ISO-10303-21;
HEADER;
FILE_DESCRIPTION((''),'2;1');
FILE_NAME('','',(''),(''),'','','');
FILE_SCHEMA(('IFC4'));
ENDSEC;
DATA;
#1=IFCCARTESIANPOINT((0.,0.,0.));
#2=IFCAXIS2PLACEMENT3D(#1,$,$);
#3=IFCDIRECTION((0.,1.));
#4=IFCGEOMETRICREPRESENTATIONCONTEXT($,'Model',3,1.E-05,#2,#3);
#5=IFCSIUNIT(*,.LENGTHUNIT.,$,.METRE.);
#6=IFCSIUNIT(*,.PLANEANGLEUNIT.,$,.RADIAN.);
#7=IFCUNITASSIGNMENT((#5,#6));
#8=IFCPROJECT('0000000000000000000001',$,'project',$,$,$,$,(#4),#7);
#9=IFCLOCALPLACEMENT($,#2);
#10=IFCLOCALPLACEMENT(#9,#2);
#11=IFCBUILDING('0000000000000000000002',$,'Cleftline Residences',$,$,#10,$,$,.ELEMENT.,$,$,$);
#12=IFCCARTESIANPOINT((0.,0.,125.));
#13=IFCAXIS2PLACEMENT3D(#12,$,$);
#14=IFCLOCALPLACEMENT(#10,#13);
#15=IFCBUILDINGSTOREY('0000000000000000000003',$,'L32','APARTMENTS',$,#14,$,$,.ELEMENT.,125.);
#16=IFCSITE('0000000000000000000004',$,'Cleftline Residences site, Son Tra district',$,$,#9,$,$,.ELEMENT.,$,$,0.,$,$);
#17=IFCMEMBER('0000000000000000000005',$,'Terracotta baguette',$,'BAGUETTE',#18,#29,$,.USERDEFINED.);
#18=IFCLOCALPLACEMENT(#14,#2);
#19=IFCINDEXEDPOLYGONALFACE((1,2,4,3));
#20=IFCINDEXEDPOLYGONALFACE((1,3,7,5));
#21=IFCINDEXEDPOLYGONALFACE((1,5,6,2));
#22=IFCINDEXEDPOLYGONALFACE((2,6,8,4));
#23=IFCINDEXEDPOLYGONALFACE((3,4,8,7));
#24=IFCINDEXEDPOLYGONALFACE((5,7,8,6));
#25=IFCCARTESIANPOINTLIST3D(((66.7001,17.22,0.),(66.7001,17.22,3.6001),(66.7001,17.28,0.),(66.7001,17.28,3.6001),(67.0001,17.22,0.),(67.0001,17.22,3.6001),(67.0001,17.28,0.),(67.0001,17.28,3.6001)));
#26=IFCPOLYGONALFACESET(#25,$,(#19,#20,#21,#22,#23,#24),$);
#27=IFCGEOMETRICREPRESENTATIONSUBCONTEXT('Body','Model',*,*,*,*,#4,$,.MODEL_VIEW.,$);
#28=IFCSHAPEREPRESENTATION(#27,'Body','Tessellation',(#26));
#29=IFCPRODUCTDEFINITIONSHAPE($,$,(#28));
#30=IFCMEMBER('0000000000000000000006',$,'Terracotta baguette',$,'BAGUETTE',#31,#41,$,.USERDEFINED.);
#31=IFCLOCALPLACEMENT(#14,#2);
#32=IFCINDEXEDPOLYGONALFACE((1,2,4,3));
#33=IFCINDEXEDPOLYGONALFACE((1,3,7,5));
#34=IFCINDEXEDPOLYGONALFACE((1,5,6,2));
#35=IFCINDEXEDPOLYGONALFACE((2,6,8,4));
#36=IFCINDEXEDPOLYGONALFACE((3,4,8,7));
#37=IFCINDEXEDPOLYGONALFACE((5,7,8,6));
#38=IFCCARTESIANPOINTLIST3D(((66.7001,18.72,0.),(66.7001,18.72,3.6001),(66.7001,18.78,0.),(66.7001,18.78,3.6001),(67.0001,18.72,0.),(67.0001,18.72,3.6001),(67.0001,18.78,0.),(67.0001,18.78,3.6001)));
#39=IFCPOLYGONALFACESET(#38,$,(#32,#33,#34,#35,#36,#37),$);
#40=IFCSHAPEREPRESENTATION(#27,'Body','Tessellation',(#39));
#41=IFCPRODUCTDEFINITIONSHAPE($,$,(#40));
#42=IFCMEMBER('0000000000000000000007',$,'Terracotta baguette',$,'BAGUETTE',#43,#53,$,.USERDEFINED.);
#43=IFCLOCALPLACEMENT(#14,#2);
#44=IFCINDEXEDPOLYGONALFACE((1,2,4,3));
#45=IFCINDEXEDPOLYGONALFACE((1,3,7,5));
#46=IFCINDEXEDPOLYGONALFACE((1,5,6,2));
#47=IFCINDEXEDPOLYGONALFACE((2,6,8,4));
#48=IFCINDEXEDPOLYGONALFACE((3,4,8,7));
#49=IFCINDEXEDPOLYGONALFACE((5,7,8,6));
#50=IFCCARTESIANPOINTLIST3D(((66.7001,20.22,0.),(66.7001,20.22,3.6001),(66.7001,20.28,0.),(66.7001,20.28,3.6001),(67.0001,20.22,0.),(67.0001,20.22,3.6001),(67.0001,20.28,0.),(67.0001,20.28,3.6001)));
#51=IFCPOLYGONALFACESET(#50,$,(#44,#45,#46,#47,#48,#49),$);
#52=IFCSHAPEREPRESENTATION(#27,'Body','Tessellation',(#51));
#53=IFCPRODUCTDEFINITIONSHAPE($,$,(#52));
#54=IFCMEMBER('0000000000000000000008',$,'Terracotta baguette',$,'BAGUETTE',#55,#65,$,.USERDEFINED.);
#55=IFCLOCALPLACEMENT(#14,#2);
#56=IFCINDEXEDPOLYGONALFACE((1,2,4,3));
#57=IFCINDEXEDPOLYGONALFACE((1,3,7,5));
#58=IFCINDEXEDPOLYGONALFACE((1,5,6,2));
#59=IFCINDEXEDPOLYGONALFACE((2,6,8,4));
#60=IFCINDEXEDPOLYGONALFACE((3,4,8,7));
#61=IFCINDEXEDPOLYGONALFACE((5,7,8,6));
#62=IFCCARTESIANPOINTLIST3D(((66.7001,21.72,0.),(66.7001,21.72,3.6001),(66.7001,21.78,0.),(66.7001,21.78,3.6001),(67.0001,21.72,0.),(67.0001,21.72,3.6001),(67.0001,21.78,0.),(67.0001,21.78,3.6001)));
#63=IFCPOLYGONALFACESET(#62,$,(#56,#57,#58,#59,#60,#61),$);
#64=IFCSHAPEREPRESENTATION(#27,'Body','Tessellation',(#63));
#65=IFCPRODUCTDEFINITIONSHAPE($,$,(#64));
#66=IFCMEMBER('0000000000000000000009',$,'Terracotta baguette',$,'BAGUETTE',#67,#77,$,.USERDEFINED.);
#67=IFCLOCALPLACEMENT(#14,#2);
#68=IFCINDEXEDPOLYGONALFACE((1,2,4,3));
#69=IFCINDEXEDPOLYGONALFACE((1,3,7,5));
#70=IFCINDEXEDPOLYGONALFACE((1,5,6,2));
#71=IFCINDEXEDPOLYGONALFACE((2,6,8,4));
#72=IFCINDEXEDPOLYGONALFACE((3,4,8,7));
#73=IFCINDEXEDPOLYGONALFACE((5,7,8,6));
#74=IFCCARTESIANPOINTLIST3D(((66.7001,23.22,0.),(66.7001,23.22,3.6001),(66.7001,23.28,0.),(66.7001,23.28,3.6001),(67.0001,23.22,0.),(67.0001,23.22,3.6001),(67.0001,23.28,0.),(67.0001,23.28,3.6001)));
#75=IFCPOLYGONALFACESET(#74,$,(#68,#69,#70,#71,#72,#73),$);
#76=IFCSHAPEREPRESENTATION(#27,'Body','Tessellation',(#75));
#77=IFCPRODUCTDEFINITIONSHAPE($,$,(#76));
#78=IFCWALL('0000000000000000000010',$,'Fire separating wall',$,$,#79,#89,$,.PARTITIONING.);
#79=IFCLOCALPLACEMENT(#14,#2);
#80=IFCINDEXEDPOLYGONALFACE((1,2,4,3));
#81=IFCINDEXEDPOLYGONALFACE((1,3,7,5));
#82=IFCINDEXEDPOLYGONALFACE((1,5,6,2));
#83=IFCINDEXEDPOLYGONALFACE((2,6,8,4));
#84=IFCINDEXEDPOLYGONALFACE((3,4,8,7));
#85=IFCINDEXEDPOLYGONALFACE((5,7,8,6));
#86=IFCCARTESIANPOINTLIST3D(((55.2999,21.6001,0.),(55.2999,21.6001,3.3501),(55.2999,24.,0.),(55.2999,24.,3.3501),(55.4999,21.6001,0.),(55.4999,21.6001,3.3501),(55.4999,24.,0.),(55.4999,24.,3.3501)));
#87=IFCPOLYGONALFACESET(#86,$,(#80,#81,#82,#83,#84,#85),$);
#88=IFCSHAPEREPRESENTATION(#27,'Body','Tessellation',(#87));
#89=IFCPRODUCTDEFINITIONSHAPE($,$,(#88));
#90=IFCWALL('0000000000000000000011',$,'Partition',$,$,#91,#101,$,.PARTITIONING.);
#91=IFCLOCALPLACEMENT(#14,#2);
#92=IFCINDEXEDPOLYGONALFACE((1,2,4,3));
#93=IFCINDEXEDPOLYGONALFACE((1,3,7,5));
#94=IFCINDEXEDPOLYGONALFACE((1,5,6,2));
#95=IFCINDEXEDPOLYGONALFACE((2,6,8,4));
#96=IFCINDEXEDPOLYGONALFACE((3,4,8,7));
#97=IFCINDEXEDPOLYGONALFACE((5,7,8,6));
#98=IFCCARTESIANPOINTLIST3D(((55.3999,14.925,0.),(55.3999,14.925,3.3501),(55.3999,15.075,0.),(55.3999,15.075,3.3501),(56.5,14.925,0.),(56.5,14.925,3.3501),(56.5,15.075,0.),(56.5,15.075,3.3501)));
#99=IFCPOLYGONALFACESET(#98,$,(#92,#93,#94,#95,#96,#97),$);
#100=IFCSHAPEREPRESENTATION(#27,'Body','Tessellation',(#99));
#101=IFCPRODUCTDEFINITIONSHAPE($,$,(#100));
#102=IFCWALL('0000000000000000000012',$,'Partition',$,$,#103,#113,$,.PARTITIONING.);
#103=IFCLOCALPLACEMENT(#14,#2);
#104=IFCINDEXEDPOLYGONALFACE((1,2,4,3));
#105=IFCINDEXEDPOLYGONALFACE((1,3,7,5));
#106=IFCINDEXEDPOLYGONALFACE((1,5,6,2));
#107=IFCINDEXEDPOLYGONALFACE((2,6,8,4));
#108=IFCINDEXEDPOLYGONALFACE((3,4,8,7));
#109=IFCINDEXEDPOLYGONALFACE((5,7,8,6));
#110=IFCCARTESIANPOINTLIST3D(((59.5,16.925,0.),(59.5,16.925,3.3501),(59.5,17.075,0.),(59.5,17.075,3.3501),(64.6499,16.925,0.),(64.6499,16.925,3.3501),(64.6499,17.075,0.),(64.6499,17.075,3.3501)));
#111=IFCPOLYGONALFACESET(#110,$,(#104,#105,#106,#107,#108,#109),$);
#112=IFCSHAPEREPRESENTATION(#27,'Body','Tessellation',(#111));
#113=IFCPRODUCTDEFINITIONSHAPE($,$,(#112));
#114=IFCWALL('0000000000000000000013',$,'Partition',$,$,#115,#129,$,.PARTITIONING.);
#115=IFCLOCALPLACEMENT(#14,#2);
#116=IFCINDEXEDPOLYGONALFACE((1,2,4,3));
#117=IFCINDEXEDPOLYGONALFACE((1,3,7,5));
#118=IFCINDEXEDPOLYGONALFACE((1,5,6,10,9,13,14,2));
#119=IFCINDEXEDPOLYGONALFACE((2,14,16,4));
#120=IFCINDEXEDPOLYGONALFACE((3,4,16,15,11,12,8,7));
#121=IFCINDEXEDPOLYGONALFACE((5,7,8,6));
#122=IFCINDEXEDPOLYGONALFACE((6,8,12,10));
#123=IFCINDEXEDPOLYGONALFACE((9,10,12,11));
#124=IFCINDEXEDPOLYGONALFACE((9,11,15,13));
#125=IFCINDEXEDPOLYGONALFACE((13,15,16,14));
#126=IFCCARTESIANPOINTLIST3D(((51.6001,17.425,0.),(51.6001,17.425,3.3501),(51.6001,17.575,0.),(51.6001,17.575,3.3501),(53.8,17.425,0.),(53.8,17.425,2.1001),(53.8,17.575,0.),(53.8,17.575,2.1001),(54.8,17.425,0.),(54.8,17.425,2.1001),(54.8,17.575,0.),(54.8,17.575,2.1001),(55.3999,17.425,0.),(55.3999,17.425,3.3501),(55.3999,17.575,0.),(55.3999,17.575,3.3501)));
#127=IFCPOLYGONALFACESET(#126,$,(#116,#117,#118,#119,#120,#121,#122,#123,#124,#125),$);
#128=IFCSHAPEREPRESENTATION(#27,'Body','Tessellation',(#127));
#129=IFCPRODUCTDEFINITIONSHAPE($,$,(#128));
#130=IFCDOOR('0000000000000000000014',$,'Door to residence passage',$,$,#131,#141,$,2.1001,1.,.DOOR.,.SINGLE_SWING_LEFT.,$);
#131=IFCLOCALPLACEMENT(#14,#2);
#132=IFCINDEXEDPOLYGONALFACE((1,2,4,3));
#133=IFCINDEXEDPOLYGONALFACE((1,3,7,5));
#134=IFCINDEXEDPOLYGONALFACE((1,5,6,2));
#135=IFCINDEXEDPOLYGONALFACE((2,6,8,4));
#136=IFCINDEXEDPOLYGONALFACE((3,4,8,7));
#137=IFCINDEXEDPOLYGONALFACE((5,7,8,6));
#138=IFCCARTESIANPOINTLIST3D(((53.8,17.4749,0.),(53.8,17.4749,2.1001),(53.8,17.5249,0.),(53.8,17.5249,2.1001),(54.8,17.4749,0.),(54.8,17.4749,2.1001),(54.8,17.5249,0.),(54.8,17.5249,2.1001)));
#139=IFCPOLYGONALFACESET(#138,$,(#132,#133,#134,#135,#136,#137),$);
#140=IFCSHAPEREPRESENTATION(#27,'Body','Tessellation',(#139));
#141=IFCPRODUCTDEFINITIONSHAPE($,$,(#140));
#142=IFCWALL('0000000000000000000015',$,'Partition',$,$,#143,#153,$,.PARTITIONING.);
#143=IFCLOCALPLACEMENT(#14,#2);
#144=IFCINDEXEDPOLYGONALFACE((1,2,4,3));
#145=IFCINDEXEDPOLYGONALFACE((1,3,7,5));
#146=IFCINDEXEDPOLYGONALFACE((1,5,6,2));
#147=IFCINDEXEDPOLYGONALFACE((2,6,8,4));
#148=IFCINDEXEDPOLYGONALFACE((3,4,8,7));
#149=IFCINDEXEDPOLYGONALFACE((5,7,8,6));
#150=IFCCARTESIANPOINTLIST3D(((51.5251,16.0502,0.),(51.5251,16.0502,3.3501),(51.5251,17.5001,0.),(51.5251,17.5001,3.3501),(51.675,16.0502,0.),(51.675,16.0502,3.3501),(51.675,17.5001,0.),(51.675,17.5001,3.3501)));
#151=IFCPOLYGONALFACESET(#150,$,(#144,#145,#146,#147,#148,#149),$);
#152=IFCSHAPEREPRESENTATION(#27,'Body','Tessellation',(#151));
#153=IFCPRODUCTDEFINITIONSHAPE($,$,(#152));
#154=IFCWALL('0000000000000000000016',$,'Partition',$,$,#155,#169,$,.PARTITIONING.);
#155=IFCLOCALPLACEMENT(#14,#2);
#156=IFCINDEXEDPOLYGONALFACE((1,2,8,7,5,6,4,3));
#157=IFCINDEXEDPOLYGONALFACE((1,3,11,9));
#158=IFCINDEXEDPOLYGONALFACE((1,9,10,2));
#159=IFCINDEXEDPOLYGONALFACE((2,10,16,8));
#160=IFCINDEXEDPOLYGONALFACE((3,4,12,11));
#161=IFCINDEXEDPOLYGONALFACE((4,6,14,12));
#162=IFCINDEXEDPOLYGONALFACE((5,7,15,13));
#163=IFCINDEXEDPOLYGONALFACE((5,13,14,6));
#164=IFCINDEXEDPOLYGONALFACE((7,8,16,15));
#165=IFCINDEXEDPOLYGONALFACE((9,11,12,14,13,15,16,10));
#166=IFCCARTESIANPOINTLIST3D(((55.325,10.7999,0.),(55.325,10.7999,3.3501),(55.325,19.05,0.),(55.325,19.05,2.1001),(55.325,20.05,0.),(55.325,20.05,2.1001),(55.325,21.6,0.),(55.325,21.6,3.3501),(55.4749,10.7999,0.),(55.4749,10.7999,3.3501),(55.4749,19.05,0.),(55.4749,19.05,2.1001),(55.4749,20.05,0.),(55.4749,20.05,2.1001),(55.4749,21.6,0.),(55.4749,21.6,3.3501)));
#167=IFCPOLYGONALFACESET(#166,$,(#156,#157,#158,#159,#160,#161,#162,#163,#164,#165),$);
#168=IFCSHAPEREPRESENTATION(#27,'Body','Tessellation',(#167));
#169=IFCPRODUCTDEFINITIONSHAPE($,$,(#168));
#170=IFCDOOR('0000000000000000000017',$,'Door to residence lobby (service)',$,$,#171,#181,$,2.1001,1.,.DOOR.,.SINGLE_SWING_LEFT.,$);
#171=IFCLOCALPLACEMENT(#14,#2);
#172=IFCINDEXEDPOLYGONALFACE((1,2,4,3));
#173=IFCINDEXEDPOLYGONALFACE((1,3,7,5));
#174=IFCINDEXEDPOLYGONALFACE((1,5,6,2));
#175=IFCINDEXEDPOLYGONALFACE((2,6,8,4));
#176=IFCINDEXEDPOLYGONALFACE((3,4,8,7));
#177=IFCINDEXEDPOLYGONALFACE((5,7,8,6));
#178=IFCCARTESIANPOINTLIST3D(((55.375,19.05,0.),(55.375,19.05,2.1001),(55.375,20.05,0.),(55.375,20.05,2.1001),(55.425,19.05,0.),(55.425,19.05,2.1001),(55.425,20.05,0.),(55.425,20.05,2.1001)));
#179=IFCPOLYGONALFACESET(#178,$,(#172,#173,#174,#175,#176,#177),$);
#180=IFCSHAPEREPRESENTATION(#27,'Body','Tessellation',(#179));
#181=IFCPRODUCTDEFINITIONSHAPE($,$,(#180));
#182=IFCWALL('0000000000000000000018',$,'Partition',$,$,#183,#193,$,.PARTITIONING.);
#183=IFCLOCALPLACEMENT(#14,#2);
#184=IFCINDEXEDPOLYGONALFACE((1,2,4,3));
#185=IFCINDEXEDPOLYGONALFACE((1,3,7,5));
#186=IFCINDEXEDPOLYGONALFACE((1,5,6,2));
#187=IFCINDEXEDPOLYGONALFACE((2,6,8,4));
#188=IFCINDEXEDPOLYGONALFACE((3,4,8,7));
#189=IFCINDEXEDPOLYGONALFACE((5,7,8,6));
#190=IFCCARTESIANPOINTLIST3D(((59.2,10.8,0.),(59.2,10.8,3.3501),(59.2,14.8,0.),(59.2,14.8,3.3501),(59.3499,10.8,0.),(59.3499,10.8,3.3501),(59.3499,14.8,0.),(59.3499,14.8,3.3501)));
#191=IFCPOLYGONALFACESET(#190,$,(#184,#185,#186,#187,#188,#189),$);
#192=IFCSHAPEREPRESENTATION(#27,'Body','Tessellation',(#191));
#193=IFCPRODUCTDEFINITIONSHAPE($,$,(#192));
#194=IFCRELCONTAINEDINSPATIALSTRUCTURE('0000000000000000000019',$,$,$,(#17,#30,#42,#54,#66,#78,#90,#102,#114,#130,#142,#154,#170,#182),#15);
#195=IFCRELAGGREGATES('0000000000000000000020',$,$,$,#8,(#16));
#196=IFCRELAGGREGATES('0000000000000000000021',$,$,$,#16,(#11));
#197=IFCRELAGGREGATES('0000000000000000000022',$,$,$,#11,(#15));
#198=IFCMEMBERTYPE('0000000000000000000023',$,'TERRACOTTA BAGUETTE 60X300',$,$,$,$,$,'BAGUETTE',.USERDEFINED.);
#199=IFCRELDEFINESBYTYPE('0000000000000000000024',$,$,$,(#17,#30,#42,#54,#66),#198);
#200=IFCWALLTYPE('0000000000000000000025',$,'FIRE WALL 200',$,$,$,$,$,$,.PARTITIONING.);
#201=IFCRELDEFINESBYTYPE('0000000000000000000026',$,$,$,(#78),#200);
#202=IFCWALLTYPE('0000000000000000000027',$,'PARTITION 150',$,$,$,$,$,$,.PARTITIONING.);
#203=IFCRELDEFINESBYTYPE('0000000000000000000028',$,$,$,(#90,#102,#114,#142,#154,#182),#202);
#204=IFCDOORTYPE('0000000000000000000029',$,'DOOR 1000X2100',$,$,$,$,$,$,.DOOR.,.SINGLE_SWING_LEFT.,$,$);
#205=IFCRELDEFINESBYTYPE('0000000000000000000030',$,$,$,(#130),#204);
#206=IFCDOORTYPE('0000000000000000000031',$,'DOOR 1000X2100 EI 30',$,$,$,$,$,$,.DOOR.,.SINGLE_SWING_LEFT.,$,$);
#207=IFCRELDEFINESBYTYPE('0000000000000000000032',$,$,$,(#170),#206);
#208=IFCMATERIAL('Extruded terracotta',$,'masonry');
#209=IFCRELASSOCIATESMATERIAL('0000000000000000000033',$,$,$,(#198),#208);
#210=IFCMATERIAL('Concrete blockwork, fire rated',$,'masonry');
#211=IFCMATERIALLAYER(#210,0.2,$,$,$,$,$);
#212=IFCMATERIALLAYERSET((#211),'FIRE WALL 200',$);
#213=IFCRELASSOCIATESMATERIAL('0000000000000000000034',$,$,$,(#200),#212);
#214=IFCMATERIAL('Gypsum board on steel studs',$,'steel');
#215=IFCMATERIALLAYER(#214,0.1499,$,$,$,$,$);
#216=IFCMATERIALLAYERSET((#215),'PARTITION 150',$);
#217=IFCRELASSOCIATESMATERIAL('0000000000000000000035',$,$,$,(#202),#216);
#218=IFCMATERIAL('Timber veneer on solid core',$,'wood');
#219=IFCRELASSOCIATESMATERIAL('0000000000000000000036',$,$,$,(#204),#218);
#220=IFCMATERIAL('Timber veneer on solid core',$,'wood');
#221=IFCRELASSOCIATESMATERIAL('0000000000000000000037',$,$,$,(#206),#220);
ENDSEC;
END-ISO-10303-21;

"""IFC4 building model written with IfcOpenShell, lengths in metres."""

from ifc_helpers import new_model, si_unit, direction, frame, frame_2d, origin, origin_2d, place, context, subcontext, project, spatial, rectangle, extrude, material, layer, layer_set, material_profile, profile_set, type_object, element, fill, save


model = new_model("IFC4")

# Units and contexts
model_context = context("Model", 3, precision=1e-05, world=origin(), true_north=direction((0.0, 1.0)))
body_context = subcontext(model_context, "Body", "Model", "MODEL_VIEW")
ifc_project = project(units=[si_unit("LENGTHUNIT", "METRE"), si_unit("PLANEANGLEUNIT", "RADIAN")], contexts=[model_context])

# Site, building, storey
site_placement = place(None, origin())
site = spatial("IfcSite", under=ifc_project, at=site_placement, Name="Cleftline Residences site, Son Tra district", CompositionType="ELEMENT", RefElevation=0.0)
building_placement = place(site_placement, origin())
building = spatial("IfcBuilding", under=site, at=building_placement, Name="Cleftline Residences", CompositionType="ELEMENT")
storey_placement = place(building_placement, frame((0.0, 0.0, 125.0)))
storey = spatial("IfcBuildingStorey", under=building, at=storey_placement, Name="L32", Description="APARTMENTS", CompositionType="ELEMENT", Elevation=125.0)

# Members
ifc_material_1 = material(Name="Extruded terracotta", Category="masonry")
ifc_material_profile_1 = material_profile(ifc_material_1, rectangle(XDim=0.0601, YDim=0.3, at=origin_2d()))
ifc_profile_set_1 = profile_set([ifc_material_profile_1], Name="Extruded terracotta")
member_type_1 = type_object("IfcMemberType", Name="TERRACOTTA BAGUETTE 60X300", ElementType="BAGUETTE", PredefinedType="USERDEFINED", material=ifc_profile_set_1)
for number, where, z_axis, x_axis, name in (
    (1, (66.8501, 17.25, 0.0), (0.0, 0.0, 1.0), (0.0, 1.0, 0.0), "Terracotta baguette"),
    (2, (66.8501, 18.75, 0.0), (0.0, 0.0, 1.0), (0.0, 1.0, 0.0), "Terracotta baguette"),
    (3, (66.8501, 20.25, 0.0), (0.0, 0.0, 1.0), (0.0, 1.0, 0.0), "Terracotta baguette"),
    (4, (66.8501, 21.75, 0.0), (0.0, 0.0, 1.0), (0.0, 1.0, 0.0), "Terracotta baguette"),
    (5, (66.8501, 23.25, 0.0), (0.0, 0.0, 1.0), (0.0, 1.0, 0.0), "Terracotta baguette"),
):
    element("IfcMember", number, at=place(storey_placement, frame(where, z_axis=z_axis, x_axis=x_axis)), inside=storey, type_object=member_type_1, Name=name, ObjectType="BAGUETTE", PredefinedType="USERDEFINED", context=body_context, shape_type="SweptSolid", body=[
        extrude(rectangle(XDim=0.0601, YDim=0.3, at=origin_2d()), origin(), (0.0, 0.0, 1.0), 3.6001),
    ])

# Walls
ifc_material_2 = material(Name="Concrete blockwork, fire rated", Category="masonry")
ifc_layer_1 = layer(ifc_material_2, 0.2)
ifc_layer_set_1 = layer_set([ifc_layer_1], Name="FIRE WALL 200")
wall_type_1 = type_object("IfcWallType", Name="FIRE WALL 200", PredefinedType="PARTITIONING", material=ifc_layer_set_1)
wall_1_placement = place(storey_placement, frame((55.3999, 21.6001, 0.0), z_axis=(0.0, 0.0, 1.0), x_axis=(0.0, 1.0, 0.0)))
element("IfcWall", 6, at=wall_1_placement, inside=storey, type_object=wall_type_1, Name="Fire separating wall", PredefinedType="PARTITIONING", context=body_context, shape_type="SweptSolid", body=[
    extrude(rectangle(XDim=2.3999, YDim=0.2, at=frame_2d((1.2, 0.0))), origin(), (0.0, 0.0, 1.0), 3.3501),
])
ifc_material_3 = material(Name="Gypsum board on steel studs", Category="steel")
ifc_layer_2 = layer(ifc_material_3, 0.1499)
ifc_layer_set_2 = layer_set([ifc_layer_2], Name="PARTITION 150")
wall_type_2 = type_object("IfcWallType", Name="PARTITION 150", PredefinedType="PARTITIONING", material=ifc_layer_set_2)
wall_2_placement = place(storey_placement, frame((55.3999, 15.0, 0.0), z_axis=(0.0, 0.0, 1.0), x_axis=(1.0, 0.0, 0.0)))
element("IfcWall", 7, at=wall_2_placement, inside=storey, type_object=wall_type_2, Name="Partition", PredefinedType="PARTITIONING", context=body_context, shape_type="SweptSolid", body=[
    extrude(rectangle(XDim=1.1001, YDim=0.1499, at=frame_2d((0.55, 0.0))), origin(), (0.0, 0.0, 1.0), 3.3501),
])
wall_3_placement = place(storey_placement, frame((59.5, 17.0, 0.0), z_axis=(0.0, 0.0, 1.0), x_axis=(1.0, 0.0, 0.0)))
element("IfcWall", 8, at=wall_3_placement, inside=storey, type_object=wall_type_2, Name="Partition", PredefinedType="PARTITIONING", context=body_context, shape_type="SweptSolid", body=[
    extrude(rectangle(XDim=5.1499, YDim=0.1499, at=frame_2d((2.575, 0.0))), origin(), (0.0, 0.0, 1.0), 3.3501),
])

# Wall, opening, door
wall_4_placement = place(storey_placement, frame((51.6001, 17.5, 0.0), z_axis=(0.0, 0.0, 1.0), x_axis=(1.0, 0.0, 0.0)))
wall_4 = element("IfcWall", 9, at=wall_4_placement, inside=storey, type_object=wall_type_2, Name="Partition", PredefinedType="PARTITIONING", context=body_context, shape_type="SweptSolid", body=[
    extrude(rectangle(XDim=3.7998, YDim=0.1499, at=frame_2d((1.8999, 0.0))), origin(), (0.0, 0.0, 1.0), 3.3501),
])
opening_1_placement = place(wall_4_placement, frame((2.2, 0.0, 0.0)))
opening_1 = element("IfcOpeningElement", 10, at=opening_1_placement, cuts=wall_4, PredefinedType="OPENING", context=body_context, shape_type="SweptSolid", body=[
    extrude(rectangle(XDim=1.0, YDim=2.1001, at=frame_2d((0.5, 1.05))), frame((0.0, 0.085, 0.0), z_axis=(0.0, -1.0, 0.0), x_axis=(1.0, 0.0, 0.0)), (0.0, 0.0, 1.0), 0.1699),
])
ifc_material_4 = material(Name="Timber veneer on solid core", Category="wood")
door_type_1 = type_object("IfcDoorType", Name="DOOR 1000X2100", OperationType="SINGLE_SWING_LEFT", PredefinedType="DOOR", material=ifc_material_4)
door_1_placement = place(opening_1_placement, origin())
door_1 = element("IfcDoor", 11, at=door_1_placement, inside=storey, type_object=door_type_1, Name="Door to residence passage", OperationType="SINGLE_SWING_LEFT", OverallHeight=2.1001, OverallWidth=1.0, PredefinedType="DOOR", context=body_context, shape_type="SweptSolid", body=[
    extrude(rectangle(XDim=1.0, YDim=2.1001, at=frame_2d((0.5, 1.05))), frame((0.0, 0.0249, 0.0), z_axis=(0.0, -1.0, 0.0), x_axis=(1.0, 0.0, 0.0)), (0.0, 0.0, 1.0), 0.05),
])
fill(opening_1, door_1)

# Wall
wall_5_placement = place(storey_placement, frame((51.6001, 16.05, 0.0), z_axis=(0.0, 0.0, 1.0), x_axis=(0.0, 1.0, 0.0)))
element("IfcWall", 12, at=wall_5_placement, inside=storey, type_object=wall_type_2, Name="Partition", PredefinedType="PARTITIONING", context=body_context, shape_type="SweptSolid", body=[
    extrude(rectangle(XDim=1.45, YDim=0.1499, at=frame_2d((0.7251, 0.0))), origin(), (0.0, 0.0, 1.0), 3.3501),
])

# Wall, opening, door
wall_6_placement = place(storey_placement, frame((55.3999, 10.8, 0.0), z_axis=(0.0, 0.0, 1.0), x_axis=(0.0, 1.0, 0.0)))
wall_6 = element("IfcWall", 13, at=wall_6_placement, inside=storey, type_object=wall_type_2, Name="Partition", PredefinedType="PARTITIONING", context=body_context, shape_type="SweptSolid", body=[
    extrude(rectangle(XDim=10.8, YDim=0.1499, at=frame_2d((5.3999, 0.0))), origin(), (0.0, 0.0, 1.0), 3.3501),
])
opening_2_placement = place(wall_6_placement, frame((8.25, 0.0, 0.0)))
opening_2 = element("IfcOpeningElement", 14, at=opening_2_placement, cuts=wall_6, PredefinedType="OPENING", context=body_context, shape_type="SweptSolid", body=[
    extrude(rectangle(XDim=1.0, YDim=2.1001, at=frame_2d((0.5, 1.05))), frame((0.0, 0.085, 0.0), z_axis=(0.0, -1.0, 0.0), x_axis=(1.0, 0.0, 0.0)), (0.0, 0.0, 1.0), 0.1699),
])
ifc_material_5 = material(Name="Timber veneer on solid core", Category="wood")
door_type_2 = type_object("IfcDoorType", Name="DOOR 1000X2100 EI 30", OperationType="SINGLE_SWING_LEFT", PredefinedType="DOOR", material=ifc_material_5)
door_2_placement = place(opening_2_placement, origin())
door_2 = element("IfcDoor", 15, at=door_2_placement, inside=storey, type_object=door_type_2, Name="Door to residence lobby (service)", OperationType="SINGLE_SWING_LEFT", OverallHeight=2.1001, OverallWidth=1.0, PredefinedType="DOOR", context=body_context, shape_type="SweptSolid", body=[
    extrude(rectangle(XDim=1.0, YDim=2.1001, at=frame_2d((0.5, 1.05))), frame((0.0, 0.0249, 0.0), z_axis=(0.0, -1.0, 0.0), x_axis=(1.0, 0.0, 0.0)), (0.0, 0.0, 1.0), 0.05),
])
fill(opening_2, door_2)

# Wall
wall_7_placement = place(storey_placement, frame((59.2749, 10.8, 0.0), z_axis=(0.0, 0.0, 1.0), x_axis=(0.0, 1.0, 0.0)))
element("IfcWall", 16, at=wall_7_placement, inside=storey, type_object=wall_type_2, Name="Partition", PredefinedType="PARTITIONING", context=body_context, shape_type="SweptSolid", body=[
    extrude(rectangle(XDim=4.0, YDim=0.1499, at=frame_2d((2.0, 0.0))), origin(), (0.0, 0.0, 1.0), 3.3501),
])

save(model, "model.ifc")
